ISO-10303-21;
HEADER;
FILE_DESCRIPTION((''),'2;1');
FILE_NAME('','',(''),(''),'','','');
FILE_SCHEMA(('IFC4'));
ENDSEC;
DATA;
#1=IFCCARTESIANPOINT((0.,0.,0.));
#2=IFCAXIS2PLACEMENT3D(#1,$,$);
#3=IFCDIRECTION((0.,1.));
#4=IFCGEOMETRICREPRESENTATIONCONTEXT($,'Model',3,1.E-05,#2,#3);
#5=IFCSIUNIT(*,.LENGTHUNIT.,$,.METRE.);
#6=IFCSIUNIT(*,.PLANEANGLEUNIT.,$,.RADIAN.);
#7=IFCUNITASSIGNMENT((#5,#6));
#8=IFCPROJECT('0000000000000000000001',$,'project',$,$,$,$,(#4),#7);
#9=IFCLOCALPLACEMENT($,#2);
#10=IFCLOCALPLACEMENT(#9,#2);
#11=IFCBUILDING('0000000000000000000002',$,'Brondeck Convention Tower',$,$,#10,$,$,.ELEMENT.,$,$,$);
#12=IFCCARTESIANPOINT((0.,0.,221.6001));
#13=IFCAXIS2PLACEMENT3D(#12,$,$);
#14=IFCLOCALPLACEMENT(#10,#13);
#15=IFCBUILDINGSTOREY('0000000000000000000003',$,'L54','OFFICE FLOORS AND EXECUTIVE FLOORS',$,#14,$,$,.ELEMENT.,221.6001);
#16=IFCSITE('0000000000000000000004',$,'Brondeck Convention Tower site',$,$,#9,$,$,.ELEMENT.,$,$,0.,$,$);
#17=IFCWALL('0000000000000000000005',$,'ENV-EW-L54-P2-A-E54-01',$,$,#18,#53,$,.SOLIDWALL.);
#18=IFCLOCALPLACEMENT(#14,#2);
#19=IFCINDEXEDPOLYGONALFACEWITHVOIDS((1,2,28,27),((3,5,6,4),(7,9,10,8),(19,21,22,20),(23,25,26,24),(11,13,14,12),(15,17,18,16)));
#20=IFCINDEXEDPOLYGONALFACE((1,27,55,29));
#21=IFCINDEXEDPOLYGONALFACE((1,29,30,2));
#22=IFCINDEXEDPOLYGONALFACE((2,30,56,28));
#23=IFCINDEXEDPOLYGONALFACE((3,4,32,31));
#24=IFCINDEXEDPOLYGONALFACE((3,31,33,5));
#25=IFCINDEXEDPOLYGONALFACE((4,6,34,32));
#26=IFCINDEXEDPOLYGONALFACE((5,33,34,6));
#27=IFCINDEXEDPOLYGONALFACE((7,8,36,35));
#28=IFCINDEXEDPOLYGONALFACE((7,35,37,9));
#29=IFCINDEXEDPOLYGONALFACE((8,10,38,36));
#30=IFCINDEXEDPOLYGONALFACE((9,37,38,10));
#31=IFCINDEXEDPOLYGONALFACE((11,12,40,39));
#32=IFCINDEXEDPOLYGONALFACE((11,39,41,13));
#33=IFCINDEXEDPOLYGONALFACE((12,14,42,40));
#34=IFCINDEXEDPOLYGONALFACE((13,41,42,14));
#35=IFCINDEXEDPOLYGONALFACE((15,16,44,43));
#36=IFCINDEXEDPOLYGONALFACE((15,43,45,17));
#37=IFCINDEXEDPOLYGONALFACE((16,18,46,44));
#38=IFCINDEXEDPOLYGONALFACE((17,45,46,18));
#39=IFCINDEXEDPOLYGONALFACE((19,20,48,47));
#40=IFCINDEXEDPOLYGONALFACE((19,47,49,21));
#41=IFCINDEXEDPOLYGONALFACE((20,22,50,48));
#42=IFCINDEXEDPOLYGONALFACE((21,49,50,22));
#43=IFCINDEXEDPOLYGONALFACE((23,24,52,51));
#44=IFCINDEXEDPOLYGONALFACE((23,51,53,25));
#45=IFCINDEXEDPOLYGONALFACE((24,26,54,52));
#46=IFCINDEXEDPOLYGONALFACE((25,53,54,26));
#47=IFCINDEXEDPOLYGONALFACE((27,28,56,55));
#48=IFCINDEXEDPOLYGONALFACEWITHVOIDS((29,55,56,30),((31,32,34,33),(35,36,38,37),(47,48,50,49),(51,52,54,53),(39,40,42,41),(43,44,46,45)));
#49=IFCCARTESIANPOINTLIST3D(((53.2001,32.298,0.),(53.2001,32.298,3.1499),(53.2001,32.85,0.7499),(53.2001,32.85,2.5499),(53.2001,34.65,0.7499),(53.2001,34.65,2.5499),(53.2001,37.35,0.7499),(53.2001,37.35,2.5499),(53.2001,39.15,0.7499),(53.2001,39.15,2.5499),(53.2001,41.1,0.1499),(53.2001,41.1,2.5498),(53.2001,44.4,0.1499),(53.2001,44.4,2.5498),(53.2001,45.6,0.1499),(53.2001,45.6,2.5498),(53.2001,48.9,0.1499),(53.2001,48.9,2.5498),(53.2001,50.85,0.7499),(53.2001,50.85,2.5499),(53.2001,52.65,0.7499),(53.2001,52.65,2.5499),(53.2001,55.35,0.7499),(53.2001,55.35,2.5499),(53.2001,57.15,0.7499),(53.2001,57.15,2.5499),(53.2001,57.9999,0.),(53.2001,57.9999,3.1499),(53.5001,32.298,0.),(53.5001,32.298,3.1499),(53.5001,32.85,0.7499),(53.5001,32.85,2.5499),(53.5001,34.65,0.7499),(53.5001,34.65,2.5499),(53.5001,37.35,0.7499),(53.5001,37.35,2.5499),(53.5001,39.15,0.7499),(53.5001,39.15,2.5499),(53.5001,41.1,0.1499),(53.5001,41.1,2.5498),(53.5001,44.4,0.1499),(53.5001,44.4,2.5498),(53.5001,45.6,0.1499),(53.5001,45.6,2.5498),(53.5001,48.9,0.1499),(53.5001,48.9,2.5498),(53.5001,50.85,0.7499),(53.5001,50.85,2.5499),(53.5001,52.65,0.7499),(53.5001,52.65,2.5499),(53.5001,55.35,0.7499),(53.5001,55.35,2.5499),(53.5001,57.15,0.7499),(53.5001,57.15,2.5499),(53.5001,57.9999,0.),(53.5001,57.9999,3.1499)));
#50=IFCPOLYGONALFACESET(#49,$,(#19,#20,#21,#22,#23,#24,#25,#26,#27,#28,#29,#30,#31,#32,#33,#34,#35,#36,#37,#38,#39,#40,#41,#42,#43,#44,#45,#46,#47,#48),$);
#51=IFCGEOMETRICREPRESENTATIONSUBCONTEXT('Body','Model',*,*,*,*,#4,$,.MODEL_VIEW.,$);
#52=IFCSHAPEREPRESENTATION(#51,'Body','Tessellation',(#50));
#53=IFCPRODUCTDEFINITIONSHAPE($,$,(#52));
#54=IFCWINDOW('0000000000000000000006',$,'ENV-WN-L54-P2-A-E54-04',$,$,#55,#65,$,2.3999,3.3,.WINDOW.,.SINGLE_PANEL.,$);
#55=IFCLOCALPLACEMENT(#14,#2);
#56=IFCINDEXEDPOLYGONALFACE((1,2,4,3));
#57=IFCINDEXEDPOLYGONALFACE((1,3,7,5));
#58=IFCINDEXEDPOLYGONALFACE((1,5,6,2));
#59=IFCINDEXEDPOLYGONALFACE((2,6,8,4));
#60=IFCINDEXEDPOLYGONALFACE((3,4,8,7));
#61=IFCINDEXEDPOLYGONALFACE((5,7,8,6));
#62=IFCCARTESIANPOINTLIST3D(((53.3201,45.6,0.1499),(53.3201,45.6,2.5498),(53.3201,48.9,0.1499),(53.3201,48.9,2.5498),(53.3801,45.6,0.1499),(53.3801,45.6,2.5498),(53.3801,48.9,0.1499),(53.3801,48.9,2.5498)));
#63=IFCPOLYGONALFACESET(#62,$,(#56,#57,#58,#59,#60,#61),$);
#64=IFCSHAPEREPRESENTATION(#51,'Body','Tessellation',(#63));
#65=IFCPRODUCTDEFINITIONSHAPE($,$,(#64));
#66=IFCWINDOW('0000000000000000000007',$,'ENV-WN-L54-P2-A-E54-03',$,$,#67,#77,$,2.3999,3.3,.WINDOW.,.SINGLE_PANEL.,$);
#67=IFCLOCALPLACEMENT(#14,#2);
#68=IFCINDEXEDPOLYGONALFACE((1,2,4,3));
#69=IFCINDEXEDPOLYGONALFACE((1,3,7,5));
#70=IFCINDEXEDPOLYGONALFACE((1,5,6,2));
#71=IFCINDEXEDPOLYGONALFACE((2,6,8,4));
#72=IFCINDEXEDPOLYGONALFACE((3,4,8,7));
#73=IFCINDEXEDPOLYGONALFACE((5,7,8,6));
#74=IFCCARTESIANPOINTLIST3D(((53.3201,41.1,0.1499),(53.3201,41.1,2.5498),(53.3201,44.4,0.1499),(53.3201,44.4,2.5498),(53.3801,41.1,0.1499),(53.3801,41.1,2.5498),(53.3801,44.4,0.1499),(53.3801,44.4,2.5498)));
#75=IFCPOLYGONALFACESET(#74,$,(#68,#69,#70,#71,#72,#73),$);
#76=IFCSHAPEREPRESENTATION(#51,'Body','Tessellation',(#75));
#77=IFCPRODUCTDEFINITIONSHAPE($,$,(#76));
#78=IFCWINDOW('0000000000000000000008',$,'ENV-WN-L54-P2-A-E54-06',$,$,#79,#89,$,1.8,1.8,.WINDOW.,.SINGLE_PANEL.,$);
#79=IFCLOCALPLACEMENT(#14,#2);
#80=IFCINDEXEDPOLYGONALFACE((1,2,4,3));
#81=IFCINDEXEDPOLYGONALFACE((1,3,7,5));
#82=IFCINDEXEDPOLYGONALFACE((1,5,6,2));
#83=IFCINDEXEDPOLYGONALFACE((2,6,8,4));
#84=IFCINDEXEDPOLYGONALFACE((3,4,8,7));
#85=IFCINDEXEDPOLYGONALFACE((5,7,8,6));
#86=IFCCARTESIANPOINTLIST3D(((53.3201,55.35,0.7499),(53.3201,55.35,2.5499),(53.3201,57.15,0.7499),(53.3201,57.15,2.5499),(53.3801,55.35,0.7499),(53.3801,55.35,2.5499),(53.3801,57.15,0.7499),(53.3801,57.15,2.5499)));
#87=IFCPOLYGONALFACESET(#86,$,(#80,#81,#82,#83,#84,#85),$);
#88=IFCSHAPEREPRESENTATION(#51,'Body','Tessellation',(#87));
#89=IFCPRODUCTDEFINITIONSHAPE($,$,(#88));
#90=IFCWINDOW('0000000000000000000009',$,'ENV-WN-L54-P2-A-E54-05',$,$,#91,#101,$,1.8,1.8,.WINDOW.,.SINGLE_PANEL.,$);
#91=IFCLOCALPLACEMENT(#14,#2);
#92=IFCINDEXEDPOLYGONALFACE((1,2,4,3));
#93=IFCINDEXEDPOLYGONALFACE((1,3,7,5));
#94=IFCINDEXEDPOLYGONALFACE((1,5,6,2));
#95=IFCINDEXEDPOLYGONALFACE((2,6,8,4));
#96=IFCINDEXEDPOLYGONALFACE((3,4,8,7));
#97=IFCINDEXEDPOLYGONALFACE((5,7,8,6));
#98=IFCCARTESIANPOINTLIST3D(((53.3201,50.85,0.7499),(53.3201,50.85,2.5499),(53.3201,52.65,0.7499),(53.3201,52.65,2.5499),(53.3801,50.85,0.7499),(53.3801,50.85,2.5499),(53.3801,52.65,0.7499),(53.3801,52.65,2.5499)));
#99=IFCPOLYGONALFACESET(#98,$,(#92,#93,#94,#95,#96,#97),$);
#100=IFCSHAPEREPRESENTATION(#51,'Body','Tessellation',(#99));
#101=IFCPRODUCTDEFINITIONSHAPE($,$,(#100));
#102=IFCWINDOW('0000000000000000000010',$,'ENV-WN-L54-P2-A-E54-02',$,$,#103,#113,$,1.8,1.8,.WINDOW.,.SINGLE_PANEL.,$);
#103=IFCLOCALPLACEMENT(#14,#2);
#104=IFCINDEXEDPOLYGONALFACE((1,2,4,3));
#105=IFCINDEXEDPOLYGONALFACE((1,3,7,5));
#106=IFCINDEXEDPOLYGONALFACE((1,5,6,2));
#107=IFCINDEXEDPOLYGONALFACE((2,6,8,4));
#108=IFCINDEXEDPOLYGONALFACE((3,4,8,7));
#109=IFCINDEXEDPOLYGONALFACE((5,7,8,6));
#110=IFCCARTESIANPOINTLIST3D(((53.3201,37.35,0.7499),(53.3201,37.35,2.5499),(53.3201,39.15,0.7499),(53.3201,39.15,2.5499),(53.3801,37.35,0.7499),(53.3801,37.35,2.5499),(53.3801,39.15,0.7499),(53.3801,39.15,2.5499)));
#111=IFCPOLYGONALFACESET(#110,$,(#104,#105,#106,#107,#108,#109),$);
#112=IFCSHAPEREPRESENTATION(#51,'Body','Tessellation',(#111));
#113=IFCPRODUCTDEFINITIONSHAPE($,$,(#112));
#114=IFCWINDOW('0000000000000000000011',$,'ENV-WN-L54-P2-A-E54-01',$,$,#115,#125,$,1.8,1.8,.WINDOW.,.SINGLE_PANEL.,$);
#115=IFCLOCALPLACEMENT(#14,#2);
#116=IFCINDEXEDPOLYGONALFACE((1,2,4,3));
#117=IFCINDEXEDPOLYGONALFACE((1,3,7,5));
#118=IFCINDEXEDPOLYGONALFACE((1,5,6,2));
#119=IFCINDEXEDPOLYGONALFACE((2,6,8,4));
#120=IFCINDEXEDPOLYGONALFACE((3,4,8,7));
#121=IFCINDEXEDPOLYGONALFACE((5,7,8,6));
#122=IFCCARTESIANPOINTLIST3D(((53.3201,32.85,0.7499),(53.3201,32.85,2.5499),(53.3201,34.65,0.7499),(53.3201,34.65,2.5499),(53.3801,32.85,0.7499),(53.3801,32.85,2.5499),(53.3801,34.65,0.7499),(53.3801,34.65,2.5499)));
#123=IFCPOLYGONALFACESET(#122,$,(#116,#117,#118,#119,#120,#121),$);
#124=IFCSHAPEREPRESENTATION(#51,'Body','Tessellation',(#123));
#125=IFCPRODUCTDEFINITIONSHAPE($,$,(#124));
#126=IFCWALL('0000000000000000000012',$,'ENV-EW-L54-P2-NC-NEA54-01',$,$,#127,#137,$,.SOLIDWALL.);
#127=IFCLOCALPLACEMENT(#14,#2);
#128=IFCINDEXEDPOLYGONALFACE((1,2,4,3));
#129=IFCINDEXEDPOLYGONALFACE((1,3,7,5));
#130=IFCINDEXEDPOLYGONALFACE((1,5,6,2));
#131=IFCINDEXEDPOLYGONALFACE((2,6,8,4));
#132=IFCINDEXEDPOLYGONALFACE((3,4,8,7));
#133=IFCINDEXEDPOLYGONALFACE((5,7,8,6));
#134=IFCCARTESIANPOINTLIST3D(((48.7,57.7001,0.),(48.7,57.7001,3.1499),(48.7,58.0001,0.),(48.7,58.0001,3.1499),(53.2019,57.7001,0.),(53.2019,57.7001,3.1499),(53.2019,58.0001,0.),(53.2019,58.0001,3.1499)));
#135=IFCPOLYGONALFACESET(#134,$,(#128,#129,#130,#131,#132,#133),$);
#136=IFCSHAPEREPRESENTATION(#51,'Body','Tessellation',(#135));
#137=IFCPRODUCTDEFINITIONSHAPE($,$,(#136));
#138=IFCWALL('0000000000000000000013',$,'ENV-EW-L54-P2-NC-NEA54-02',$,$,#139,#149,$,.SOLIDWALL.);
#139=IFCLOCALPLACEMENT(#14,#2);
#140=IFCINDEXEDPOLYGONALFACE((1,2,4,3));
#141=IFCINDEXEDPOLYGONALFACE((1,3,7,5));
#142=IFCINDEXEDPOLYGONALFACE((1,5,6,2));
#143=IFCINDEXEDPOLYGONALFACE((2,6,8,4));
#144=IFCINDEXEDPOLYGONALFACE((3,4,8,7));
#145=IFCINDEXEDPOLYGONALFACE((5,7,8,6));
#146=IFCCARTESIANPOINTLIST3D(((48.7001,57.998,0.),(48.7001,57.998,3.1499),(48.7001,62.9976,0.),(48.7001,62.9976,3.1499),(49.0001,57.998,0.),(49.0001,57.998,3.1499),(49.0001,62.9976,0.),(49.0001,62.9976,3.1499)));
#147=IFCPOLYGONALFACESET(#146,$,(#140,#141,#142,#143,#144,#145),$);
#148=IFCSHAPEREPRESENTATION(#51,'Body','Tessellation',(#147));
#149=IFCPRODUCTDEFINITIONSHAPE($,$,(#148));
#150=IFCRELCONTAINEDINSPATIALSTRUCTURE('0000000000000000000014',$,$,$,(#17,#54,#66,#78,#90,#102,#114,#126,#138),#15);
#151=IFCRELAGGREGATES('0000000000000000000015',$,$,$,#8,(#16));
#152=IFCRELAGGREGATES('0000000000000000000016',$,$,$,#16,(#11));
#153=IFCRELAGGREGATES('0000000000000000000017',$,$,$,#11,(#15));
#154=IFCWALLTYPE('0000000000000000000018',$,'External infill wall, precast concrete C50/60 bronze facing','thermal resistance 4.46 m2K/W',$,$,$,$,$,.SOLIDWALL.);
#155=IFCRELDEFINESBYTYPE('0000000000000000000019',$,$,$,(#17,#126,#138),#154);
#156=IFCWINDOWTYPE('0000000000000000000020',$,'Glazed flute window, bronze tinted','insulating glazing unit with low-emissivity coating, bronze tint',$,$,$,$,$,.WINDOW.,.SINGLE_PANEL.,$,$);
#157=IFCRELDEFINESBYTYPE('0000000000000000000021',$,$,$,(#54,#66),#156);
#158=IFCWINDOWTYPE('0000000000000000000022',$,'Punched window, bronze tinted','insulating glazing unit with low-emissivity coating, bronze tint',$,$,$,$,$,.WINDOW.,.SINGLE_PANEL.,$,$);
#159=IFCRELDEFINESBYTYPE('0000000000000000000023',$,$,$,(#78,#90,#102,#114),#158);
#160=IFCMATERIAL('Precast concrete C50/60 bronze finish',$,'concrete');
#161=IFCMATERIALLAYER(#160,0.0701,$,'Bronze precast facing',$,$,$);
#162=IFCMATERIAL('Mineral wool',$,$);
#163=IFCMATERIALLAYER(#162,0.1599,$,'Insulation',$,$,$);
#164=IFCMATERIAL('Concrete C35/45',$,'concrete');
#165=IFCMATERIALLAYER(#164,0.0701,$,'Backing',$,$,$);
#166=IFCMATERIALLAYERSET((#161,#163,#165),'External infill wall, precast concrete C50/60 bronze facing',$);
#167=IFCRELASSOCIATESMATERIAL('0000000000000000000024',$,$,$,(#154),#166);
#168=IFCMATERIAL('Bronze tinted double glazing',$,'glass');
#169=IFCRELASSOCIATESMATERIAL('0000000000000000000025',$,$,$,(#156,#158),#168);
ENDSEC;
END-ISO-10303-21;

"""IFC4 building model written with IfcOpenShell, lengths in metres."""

from ifc_helpers import new_model, si_unit, direction, frame, frame_2d, origin, place, context, subcontext, project, spatial, rectangle, extrude, material, layer, layer_set, type_object, element, fill, save


model = new_model("IFC4")

# Units and contexts
model_context = context("Model", 3, precision=1e-05, world=origin(), true_north=direction((0.0, 1.0)))
body_context = subcontext(model_context, "Body", "Model", "MODEL_VIEW")
ifc_project = project(units=[si_unit("LENGTHUNIT", "METRE"), si_unit("PLANEANGLEUNIT", "RADIAN")], contexts=[model_context])

# Site, building, storey
site_placement = place(None, origin())
site = spatial("IfcSite", under=ifc_project, at=site_placement, Name="Brondeck Convention Tower site", CompositionType="ELEMENT", RefElevation=0.0)
building_placement = place(site_placement, origin())
building = spatial("IfcBuilding", under=site, at=building_placement, Name="Brondeck Convention Tower", CompositionType="ELEMENT")
storey_placement = place(building_placement, frame((0.0, 0.0, 221.6001)))
storey = spatial("IfcBuildingStorey", under=building, at=storey_placement, Name="L54", Description="OFFICE FLOORS AND EXECUTIVE FLOORS", CompositionType="ELEMENT", Elevation=221.6001)

# Wall, openings, windows
ifc_material_1 = material(Name="Precast concrete C50/60 bronze finish", Category="concrete")
ifc_layer_1 = layer(ifc_material_1, 0.0701, Name="Bronze precast facing")
ifc_material_2 = material(Name="Mineral wool")
ifc_layer_2 = layer(ifc_material_2, 0.1599, Name="Insulation")
ifc_material_3 = material(Name="Concrete C35/45", Category="concrete")
ifc_layer_3 = layer(ifc_material_3, 0.0701, Name="Backing")
ifc_layer_set_1 = layer_set([ifc_layer_1, ifc_layer_2, ifc_layer_3], Name="External infill wall, precast concrete C50/60 bronze facing")
wall_type_1 = type_object("IfcWallType", Name="External infill wall, precast concrete C50/60 bronze facing", Description="thermal resistance 4.46 m2K/W", PredefinedType="SOLIDWALL", material=ifc_layer_set_1)
wall_1_placement = place(storey_placement, frame((53.3501, 58.0, 0.0), z_axis=(0.0, 0.0, 1.0), x_axis=(0.0, -1.0, 0.0)))
wall_1 = element("IfcWall", 1, at=wall_1_placement, inside=storey, type_object=wall_type_1, Name="ENV-EW-L54-P2-A-E54-01", PredefinedType="SOLIDWALL", context=body_context, shape_type="SweptSolid", body=[
    extrude(rectangle(XDim=25.7019, YDim=0.3, at=frame_2d((12.8511, 0.0))), origin(), (0.0, 0.0, 1.0), 3.1499),
])
opening_1_placement = place(wall_1_placement, frame((0.8501, 0.0, 0.75)))
opening_1 = element("IfcOpeningElement", 2, at=opening_1_placement, cuts=wall_1, PredefinedType="OPENING", context=body_context, shape_type="SweptSolid", body=[
    extrude(rectangle(XDim=1.8, YDim=1.8, at=frame_2d((0.8999, 0.8999))), frame((0.0, 0.1599, 0.0), z_axis=(0.0, -1.0, 0.0), x_axis=(1.0, 0.0, 0.0)), (0.0, 0.0, 1.0), 0.3201),
])
opening_2_placement = place(wall_1_placement, frame((5.3501, 0.0, 0.75)))
opening_2 = element("IfcOpeningElement", 3, at=opening_2_placement, cuts=wall_1, PredefinedType="OPENING", context=body_context, shape_type="SweptSolid", body=[
    extrude(rectangle(XDim=1.8, YDim=1.8, at=frame_2d((0.8999, 0.8999))), frame((0.0, 0.1599, 0.0), z_axis=(0.0, -1.0, 0.0), x_axis=(1.0, 0.0, 0.0)), (0.0, 0.0, 1.0), 0.3201),
])
opening_3_placement = place(wall_1_placement, frame((9.1001, 0.0, 0.1499)))
opening_3 = element("IfcOpeningElement", 4, at=opening_3_placement, cuts=wall_1, PredefinedType="OPENING", context=body_context, shape_type="SweptSolid", body=[
    extrude(rectangle(XDim=3.3, YDim=2.3999, at=frame_2d((1.6499, 1.2))), frame((0.0, 0.1599, 0.0), z_axis=(0.0, -1.0, 0.0), x_axis=(1.0, 0.0, 0.0)), (0.0, 0.0, 1.0), 0.3201),
])
opening_4_placement = place(wall_1_placement, frame((13.6001, 0.0, 0.1499)))
opening_4 = element("IfcOpeningElement", 5, at=opening_4_placement, cuts=wall_1, PredefinedType="OPENING", context=body_context, shape_type="SweptSolid", body=[
    extrude(rectangle(XDim=3.3, YDim=2.3999, at=frame_2d((1.6499, 1.2))), frame((0.0, 0.1599, 0.0), z_axis=(0.0, -1.0, 0.0), x_axis=(1.0, 0.0, 0.0)), (0.0, 0.0, 1.0), 0.3201),
])
opening_5_placement = place(wall_1_placement, frame((18.8501, 0.0, 0.75)))
opening_5 = element("IfcOpeningElement", 6, at=opening_5_placement, cuts=wall_1, PredefinedType="OPENING", context=body_context, shape_type="SweptSolid", body=[
    extrude(rectangle(XDim=1.8, YDim=1.8, at=frame_2d((0.8999, 0.8999))), frame((0.0, 0.1599, 0.0), z_axis=(0.0, -1.0, 0.0), x_axis=(1.0, 0.0, 0.0)), (0.0, 0.0, 1.0), 0.3201),
])
opening_6_placement = place(wall_1_placement, frame((23.3501, 0.0, 0.75)))
opening_6 = element("IfcOpeningElement", 7, at=opening_6_placement, cuts=wall_1, PredefinedType="OPENING", context=body_context, shape_type="SweptSolid", body=[
    extrude(rectangle(XDim=1.8, YDim=1.8, at=frame_2d((0.8999, 0.8999))), frame((0.0, 0.1599, 0.0), z_axis=(0.0, -1.0, 0.0), x_axis=(1.0, 0.0, 0.0)), (0.0, 0.0, 1.0), 0.3201),
])
ifc_material_4 = material(Name="Bronze tinted double glazing", Category="glass")
window_type_1 = type_object("IfcWindowType", Name="Glazed flute window, bronze tinted", Description="insulating glazing unit with low-emissivity coating, bronze tint", PartitioningType="SINGLE_PANEL", PredefinedType="WINDOW", material=ifc_material_4)
window_1_placement = place(opening_3_placement, origin())
window_1 = element("IfcWindow", 8, at=window_1_placement, inside=storey, type_object=window_type_1, Name="ENV-WN-L54-P2-A-E54-04", OverallHeight=2.3999, OverallWidth=3.3, PartitioningType="SINGLE_PANEL", PredefinedType="WINDOW", context=body_context, shape_type="SweptSolid", body=[
    extrude(rectangle(XDim=3.3, YDim=2.3999, at=frame_2d((1.6499, 1.2))), frame((0.0, 0.03, 0.0), z_axis=(0.0, -1.0, 0.0), x_axis=(1.0, 0.0, 0.0)), (0.0, 0.0, 1.0), 0.0601),
])
fill(opening_3, window_1)
window_2_placement = place(opening_4_placement, origin())
window_2 = element("IfcWindow", 9, at=window_2_placement, inside=storey, type_object=window_type_1, Name="ENV-WN-L54-P2-A-E54-03", OverallHeight=2.3999, OverallWidth=3.3, PartitioningType="SINGLE_PANEL", PredefinedType="WINDOW", context=body_context, shape_type="SweptSolid", body=[
    extrude(rectangle(XDim=3.3, YDim=2.3999, at=frame_2d((1.6499, 1.2))), frame((0.0, 0.03, 0.0), z_axis=(0.0, -1.0, 0.0), x_axis=(1.0, 0.0, 0.0)), (0.0, 0.0, 1.0), 0.0601),
])
fill(opening_4, window_2)
window_type_2 = type_object("IfcWindowType", Name="Punched window, bronze tinted", Description="insulating glazing unit with low-emissivity coating, bronze tint", PartitioningType="SINGLE_PANEL", PredefinedType="WINDOW", material=ifc_material_4)
window_3_placement = place(opening_1_placement, origin())
window_3 = element("IfcWindow", 10, at=window_3_placement, inside=storey, type_object=window_type_2, Name="ENV-WN-L54-P2-A-E54-06", OverallHeight=1.8, OverallWidth=1.8, PartitioningType="SINGLE_PANEL", PredefinedType="WINDOW", context=body_context, shape_type="SweptSolid", body=[
    extrude(rectangle(XDim=1.8, YDim=1.8, at=frame_2d((0.8999, 0.8999))), frame((0.0, 0.03, 0.0), z_axis=(0.0, -1.0, 0.0), x_axis=(1.0, 0.0, 0.0)), (0.0, 0.0, 1.0), 0.0601),
])
fill(opening_1, window_3)
window_4_placement = place(opening_2_placement, origin())
window_4 = element("IfcWindow", 11, at=window_4_placement, inside=storey, type_object=window_type_2, Name="ENV-WN-L54-P2-A-E54-05", OverallHeight=1.8, OverallWidth=1.8, PartitioningType="SINGLE_PANEL", PredefinedType="WINDOW", context=body_context, shape_type="SweptSolid", body=[
    extrude(rectangle(XDim=1.8, YDim=1.8, at=frame_2d((0.8999, 0.8999))), frame((0.0, 0.03, 0.0), z_axis=(0.0, -1.0, 0.0), x_axis=(1.0, 0.0, 0.0)), (0.0, 0.0, 1.0), 0.0601),
])
fill(opening_2, window_4)
window_5_placement = place(opening_5_placement, origin())
window_5 = element("IfcWindow", 12, at=window_5_placement, inside=storey, type_object=window_type_2, Name="ENV-WN-L54-P2-A-E54-02", OverallHeight=1.8, OverallWidth=1.8, PartitioningType="SINGLE_PANEL", PredefinedType="WINDOW", context=body_context, shape_type="SweptSolid", body=[
    extrude(rectangle(XDim=1.8, YDim=1.8, at=frame_2d((0.8999, 0.8999))), frame((0.0, 0.03, 0.0), z_axis=(0.0, -1.0, 0.0), x_axis=(1.0, 0.0, 0.0)), (0.0, 0.0, 1.0), 0.0601),
])
fill(opening_5, window_5)
window_6_placement = place(opening_6_placement, origin())
window_6 = element("IfcWindow", 13, at=window_6_placement, inside=storey, type_object=window_type_2, Name="ENV-WN-L54-P2-A-E54-01", OverallHeight=1.8, OverallWidth=1.8, PartitioningType="SINGLE_PANEL", PredefinedType="WINDOW", context=body_context, shape_type="SweptSolid", body=[
    extrude(rectangle(XDim=1.8, YDim=1.8, at=frame_2d((0.8999, 0.8999))), frame((0.0, 0.03, 0.0), z_axis=(0.0, -1.0, 0.0), x_axis=(1.0, 0.0, 0.0)), (0.0, 0.0, 1.0), 0.0601),
])
fill(opening_6, window_6)

# Walls
wall_2_placement = place(storey_placement, frame((48.7, 57.8501, 0.0), z_axis=(0.0, 0.0, 1.0), x_axis=(1.0, 0.0, 0.0)))
element("IfcWall", 14, at=wall_2_placement, inside=storey, type_object=wall_type_1, Name="ENV-EW-L54-P2-NC-NEA54-01", PredefinedType="SOLIDWALL", context=body_context, shape_type="SweptSolid", body=[
    extrude(rectangle(XDim=4.502, YDim=0.3, at=frame_2d((2.251, 0.0))), origin(), (0.0, 0.0, 1.0), 3.1499),
])
wall_3_placement = place(storey_placement, frame((48.8501, 62.9976, 0.0), z_axis=(0.0, 0.0, 1.0), x_axis=(0.0, -1.0, 0.0)))
element("IfcWall", 15, at=wall_3_placement, inside=storey, type_object=wall_type_1, Name="ENV-EW-L54-P2-NC-NEA54-02", PredefinedType="SOLIDWALL", context=body_context, shape_type="SweptSolid", body=[
    extrude(rectangle(XDim=4.9995, YDim=0.3, at=frame_2d((2.4998, 0.0))), origin(), (0.0, 0.0, 1.0), 3.1499),
])

save(model, "model.ifc")
